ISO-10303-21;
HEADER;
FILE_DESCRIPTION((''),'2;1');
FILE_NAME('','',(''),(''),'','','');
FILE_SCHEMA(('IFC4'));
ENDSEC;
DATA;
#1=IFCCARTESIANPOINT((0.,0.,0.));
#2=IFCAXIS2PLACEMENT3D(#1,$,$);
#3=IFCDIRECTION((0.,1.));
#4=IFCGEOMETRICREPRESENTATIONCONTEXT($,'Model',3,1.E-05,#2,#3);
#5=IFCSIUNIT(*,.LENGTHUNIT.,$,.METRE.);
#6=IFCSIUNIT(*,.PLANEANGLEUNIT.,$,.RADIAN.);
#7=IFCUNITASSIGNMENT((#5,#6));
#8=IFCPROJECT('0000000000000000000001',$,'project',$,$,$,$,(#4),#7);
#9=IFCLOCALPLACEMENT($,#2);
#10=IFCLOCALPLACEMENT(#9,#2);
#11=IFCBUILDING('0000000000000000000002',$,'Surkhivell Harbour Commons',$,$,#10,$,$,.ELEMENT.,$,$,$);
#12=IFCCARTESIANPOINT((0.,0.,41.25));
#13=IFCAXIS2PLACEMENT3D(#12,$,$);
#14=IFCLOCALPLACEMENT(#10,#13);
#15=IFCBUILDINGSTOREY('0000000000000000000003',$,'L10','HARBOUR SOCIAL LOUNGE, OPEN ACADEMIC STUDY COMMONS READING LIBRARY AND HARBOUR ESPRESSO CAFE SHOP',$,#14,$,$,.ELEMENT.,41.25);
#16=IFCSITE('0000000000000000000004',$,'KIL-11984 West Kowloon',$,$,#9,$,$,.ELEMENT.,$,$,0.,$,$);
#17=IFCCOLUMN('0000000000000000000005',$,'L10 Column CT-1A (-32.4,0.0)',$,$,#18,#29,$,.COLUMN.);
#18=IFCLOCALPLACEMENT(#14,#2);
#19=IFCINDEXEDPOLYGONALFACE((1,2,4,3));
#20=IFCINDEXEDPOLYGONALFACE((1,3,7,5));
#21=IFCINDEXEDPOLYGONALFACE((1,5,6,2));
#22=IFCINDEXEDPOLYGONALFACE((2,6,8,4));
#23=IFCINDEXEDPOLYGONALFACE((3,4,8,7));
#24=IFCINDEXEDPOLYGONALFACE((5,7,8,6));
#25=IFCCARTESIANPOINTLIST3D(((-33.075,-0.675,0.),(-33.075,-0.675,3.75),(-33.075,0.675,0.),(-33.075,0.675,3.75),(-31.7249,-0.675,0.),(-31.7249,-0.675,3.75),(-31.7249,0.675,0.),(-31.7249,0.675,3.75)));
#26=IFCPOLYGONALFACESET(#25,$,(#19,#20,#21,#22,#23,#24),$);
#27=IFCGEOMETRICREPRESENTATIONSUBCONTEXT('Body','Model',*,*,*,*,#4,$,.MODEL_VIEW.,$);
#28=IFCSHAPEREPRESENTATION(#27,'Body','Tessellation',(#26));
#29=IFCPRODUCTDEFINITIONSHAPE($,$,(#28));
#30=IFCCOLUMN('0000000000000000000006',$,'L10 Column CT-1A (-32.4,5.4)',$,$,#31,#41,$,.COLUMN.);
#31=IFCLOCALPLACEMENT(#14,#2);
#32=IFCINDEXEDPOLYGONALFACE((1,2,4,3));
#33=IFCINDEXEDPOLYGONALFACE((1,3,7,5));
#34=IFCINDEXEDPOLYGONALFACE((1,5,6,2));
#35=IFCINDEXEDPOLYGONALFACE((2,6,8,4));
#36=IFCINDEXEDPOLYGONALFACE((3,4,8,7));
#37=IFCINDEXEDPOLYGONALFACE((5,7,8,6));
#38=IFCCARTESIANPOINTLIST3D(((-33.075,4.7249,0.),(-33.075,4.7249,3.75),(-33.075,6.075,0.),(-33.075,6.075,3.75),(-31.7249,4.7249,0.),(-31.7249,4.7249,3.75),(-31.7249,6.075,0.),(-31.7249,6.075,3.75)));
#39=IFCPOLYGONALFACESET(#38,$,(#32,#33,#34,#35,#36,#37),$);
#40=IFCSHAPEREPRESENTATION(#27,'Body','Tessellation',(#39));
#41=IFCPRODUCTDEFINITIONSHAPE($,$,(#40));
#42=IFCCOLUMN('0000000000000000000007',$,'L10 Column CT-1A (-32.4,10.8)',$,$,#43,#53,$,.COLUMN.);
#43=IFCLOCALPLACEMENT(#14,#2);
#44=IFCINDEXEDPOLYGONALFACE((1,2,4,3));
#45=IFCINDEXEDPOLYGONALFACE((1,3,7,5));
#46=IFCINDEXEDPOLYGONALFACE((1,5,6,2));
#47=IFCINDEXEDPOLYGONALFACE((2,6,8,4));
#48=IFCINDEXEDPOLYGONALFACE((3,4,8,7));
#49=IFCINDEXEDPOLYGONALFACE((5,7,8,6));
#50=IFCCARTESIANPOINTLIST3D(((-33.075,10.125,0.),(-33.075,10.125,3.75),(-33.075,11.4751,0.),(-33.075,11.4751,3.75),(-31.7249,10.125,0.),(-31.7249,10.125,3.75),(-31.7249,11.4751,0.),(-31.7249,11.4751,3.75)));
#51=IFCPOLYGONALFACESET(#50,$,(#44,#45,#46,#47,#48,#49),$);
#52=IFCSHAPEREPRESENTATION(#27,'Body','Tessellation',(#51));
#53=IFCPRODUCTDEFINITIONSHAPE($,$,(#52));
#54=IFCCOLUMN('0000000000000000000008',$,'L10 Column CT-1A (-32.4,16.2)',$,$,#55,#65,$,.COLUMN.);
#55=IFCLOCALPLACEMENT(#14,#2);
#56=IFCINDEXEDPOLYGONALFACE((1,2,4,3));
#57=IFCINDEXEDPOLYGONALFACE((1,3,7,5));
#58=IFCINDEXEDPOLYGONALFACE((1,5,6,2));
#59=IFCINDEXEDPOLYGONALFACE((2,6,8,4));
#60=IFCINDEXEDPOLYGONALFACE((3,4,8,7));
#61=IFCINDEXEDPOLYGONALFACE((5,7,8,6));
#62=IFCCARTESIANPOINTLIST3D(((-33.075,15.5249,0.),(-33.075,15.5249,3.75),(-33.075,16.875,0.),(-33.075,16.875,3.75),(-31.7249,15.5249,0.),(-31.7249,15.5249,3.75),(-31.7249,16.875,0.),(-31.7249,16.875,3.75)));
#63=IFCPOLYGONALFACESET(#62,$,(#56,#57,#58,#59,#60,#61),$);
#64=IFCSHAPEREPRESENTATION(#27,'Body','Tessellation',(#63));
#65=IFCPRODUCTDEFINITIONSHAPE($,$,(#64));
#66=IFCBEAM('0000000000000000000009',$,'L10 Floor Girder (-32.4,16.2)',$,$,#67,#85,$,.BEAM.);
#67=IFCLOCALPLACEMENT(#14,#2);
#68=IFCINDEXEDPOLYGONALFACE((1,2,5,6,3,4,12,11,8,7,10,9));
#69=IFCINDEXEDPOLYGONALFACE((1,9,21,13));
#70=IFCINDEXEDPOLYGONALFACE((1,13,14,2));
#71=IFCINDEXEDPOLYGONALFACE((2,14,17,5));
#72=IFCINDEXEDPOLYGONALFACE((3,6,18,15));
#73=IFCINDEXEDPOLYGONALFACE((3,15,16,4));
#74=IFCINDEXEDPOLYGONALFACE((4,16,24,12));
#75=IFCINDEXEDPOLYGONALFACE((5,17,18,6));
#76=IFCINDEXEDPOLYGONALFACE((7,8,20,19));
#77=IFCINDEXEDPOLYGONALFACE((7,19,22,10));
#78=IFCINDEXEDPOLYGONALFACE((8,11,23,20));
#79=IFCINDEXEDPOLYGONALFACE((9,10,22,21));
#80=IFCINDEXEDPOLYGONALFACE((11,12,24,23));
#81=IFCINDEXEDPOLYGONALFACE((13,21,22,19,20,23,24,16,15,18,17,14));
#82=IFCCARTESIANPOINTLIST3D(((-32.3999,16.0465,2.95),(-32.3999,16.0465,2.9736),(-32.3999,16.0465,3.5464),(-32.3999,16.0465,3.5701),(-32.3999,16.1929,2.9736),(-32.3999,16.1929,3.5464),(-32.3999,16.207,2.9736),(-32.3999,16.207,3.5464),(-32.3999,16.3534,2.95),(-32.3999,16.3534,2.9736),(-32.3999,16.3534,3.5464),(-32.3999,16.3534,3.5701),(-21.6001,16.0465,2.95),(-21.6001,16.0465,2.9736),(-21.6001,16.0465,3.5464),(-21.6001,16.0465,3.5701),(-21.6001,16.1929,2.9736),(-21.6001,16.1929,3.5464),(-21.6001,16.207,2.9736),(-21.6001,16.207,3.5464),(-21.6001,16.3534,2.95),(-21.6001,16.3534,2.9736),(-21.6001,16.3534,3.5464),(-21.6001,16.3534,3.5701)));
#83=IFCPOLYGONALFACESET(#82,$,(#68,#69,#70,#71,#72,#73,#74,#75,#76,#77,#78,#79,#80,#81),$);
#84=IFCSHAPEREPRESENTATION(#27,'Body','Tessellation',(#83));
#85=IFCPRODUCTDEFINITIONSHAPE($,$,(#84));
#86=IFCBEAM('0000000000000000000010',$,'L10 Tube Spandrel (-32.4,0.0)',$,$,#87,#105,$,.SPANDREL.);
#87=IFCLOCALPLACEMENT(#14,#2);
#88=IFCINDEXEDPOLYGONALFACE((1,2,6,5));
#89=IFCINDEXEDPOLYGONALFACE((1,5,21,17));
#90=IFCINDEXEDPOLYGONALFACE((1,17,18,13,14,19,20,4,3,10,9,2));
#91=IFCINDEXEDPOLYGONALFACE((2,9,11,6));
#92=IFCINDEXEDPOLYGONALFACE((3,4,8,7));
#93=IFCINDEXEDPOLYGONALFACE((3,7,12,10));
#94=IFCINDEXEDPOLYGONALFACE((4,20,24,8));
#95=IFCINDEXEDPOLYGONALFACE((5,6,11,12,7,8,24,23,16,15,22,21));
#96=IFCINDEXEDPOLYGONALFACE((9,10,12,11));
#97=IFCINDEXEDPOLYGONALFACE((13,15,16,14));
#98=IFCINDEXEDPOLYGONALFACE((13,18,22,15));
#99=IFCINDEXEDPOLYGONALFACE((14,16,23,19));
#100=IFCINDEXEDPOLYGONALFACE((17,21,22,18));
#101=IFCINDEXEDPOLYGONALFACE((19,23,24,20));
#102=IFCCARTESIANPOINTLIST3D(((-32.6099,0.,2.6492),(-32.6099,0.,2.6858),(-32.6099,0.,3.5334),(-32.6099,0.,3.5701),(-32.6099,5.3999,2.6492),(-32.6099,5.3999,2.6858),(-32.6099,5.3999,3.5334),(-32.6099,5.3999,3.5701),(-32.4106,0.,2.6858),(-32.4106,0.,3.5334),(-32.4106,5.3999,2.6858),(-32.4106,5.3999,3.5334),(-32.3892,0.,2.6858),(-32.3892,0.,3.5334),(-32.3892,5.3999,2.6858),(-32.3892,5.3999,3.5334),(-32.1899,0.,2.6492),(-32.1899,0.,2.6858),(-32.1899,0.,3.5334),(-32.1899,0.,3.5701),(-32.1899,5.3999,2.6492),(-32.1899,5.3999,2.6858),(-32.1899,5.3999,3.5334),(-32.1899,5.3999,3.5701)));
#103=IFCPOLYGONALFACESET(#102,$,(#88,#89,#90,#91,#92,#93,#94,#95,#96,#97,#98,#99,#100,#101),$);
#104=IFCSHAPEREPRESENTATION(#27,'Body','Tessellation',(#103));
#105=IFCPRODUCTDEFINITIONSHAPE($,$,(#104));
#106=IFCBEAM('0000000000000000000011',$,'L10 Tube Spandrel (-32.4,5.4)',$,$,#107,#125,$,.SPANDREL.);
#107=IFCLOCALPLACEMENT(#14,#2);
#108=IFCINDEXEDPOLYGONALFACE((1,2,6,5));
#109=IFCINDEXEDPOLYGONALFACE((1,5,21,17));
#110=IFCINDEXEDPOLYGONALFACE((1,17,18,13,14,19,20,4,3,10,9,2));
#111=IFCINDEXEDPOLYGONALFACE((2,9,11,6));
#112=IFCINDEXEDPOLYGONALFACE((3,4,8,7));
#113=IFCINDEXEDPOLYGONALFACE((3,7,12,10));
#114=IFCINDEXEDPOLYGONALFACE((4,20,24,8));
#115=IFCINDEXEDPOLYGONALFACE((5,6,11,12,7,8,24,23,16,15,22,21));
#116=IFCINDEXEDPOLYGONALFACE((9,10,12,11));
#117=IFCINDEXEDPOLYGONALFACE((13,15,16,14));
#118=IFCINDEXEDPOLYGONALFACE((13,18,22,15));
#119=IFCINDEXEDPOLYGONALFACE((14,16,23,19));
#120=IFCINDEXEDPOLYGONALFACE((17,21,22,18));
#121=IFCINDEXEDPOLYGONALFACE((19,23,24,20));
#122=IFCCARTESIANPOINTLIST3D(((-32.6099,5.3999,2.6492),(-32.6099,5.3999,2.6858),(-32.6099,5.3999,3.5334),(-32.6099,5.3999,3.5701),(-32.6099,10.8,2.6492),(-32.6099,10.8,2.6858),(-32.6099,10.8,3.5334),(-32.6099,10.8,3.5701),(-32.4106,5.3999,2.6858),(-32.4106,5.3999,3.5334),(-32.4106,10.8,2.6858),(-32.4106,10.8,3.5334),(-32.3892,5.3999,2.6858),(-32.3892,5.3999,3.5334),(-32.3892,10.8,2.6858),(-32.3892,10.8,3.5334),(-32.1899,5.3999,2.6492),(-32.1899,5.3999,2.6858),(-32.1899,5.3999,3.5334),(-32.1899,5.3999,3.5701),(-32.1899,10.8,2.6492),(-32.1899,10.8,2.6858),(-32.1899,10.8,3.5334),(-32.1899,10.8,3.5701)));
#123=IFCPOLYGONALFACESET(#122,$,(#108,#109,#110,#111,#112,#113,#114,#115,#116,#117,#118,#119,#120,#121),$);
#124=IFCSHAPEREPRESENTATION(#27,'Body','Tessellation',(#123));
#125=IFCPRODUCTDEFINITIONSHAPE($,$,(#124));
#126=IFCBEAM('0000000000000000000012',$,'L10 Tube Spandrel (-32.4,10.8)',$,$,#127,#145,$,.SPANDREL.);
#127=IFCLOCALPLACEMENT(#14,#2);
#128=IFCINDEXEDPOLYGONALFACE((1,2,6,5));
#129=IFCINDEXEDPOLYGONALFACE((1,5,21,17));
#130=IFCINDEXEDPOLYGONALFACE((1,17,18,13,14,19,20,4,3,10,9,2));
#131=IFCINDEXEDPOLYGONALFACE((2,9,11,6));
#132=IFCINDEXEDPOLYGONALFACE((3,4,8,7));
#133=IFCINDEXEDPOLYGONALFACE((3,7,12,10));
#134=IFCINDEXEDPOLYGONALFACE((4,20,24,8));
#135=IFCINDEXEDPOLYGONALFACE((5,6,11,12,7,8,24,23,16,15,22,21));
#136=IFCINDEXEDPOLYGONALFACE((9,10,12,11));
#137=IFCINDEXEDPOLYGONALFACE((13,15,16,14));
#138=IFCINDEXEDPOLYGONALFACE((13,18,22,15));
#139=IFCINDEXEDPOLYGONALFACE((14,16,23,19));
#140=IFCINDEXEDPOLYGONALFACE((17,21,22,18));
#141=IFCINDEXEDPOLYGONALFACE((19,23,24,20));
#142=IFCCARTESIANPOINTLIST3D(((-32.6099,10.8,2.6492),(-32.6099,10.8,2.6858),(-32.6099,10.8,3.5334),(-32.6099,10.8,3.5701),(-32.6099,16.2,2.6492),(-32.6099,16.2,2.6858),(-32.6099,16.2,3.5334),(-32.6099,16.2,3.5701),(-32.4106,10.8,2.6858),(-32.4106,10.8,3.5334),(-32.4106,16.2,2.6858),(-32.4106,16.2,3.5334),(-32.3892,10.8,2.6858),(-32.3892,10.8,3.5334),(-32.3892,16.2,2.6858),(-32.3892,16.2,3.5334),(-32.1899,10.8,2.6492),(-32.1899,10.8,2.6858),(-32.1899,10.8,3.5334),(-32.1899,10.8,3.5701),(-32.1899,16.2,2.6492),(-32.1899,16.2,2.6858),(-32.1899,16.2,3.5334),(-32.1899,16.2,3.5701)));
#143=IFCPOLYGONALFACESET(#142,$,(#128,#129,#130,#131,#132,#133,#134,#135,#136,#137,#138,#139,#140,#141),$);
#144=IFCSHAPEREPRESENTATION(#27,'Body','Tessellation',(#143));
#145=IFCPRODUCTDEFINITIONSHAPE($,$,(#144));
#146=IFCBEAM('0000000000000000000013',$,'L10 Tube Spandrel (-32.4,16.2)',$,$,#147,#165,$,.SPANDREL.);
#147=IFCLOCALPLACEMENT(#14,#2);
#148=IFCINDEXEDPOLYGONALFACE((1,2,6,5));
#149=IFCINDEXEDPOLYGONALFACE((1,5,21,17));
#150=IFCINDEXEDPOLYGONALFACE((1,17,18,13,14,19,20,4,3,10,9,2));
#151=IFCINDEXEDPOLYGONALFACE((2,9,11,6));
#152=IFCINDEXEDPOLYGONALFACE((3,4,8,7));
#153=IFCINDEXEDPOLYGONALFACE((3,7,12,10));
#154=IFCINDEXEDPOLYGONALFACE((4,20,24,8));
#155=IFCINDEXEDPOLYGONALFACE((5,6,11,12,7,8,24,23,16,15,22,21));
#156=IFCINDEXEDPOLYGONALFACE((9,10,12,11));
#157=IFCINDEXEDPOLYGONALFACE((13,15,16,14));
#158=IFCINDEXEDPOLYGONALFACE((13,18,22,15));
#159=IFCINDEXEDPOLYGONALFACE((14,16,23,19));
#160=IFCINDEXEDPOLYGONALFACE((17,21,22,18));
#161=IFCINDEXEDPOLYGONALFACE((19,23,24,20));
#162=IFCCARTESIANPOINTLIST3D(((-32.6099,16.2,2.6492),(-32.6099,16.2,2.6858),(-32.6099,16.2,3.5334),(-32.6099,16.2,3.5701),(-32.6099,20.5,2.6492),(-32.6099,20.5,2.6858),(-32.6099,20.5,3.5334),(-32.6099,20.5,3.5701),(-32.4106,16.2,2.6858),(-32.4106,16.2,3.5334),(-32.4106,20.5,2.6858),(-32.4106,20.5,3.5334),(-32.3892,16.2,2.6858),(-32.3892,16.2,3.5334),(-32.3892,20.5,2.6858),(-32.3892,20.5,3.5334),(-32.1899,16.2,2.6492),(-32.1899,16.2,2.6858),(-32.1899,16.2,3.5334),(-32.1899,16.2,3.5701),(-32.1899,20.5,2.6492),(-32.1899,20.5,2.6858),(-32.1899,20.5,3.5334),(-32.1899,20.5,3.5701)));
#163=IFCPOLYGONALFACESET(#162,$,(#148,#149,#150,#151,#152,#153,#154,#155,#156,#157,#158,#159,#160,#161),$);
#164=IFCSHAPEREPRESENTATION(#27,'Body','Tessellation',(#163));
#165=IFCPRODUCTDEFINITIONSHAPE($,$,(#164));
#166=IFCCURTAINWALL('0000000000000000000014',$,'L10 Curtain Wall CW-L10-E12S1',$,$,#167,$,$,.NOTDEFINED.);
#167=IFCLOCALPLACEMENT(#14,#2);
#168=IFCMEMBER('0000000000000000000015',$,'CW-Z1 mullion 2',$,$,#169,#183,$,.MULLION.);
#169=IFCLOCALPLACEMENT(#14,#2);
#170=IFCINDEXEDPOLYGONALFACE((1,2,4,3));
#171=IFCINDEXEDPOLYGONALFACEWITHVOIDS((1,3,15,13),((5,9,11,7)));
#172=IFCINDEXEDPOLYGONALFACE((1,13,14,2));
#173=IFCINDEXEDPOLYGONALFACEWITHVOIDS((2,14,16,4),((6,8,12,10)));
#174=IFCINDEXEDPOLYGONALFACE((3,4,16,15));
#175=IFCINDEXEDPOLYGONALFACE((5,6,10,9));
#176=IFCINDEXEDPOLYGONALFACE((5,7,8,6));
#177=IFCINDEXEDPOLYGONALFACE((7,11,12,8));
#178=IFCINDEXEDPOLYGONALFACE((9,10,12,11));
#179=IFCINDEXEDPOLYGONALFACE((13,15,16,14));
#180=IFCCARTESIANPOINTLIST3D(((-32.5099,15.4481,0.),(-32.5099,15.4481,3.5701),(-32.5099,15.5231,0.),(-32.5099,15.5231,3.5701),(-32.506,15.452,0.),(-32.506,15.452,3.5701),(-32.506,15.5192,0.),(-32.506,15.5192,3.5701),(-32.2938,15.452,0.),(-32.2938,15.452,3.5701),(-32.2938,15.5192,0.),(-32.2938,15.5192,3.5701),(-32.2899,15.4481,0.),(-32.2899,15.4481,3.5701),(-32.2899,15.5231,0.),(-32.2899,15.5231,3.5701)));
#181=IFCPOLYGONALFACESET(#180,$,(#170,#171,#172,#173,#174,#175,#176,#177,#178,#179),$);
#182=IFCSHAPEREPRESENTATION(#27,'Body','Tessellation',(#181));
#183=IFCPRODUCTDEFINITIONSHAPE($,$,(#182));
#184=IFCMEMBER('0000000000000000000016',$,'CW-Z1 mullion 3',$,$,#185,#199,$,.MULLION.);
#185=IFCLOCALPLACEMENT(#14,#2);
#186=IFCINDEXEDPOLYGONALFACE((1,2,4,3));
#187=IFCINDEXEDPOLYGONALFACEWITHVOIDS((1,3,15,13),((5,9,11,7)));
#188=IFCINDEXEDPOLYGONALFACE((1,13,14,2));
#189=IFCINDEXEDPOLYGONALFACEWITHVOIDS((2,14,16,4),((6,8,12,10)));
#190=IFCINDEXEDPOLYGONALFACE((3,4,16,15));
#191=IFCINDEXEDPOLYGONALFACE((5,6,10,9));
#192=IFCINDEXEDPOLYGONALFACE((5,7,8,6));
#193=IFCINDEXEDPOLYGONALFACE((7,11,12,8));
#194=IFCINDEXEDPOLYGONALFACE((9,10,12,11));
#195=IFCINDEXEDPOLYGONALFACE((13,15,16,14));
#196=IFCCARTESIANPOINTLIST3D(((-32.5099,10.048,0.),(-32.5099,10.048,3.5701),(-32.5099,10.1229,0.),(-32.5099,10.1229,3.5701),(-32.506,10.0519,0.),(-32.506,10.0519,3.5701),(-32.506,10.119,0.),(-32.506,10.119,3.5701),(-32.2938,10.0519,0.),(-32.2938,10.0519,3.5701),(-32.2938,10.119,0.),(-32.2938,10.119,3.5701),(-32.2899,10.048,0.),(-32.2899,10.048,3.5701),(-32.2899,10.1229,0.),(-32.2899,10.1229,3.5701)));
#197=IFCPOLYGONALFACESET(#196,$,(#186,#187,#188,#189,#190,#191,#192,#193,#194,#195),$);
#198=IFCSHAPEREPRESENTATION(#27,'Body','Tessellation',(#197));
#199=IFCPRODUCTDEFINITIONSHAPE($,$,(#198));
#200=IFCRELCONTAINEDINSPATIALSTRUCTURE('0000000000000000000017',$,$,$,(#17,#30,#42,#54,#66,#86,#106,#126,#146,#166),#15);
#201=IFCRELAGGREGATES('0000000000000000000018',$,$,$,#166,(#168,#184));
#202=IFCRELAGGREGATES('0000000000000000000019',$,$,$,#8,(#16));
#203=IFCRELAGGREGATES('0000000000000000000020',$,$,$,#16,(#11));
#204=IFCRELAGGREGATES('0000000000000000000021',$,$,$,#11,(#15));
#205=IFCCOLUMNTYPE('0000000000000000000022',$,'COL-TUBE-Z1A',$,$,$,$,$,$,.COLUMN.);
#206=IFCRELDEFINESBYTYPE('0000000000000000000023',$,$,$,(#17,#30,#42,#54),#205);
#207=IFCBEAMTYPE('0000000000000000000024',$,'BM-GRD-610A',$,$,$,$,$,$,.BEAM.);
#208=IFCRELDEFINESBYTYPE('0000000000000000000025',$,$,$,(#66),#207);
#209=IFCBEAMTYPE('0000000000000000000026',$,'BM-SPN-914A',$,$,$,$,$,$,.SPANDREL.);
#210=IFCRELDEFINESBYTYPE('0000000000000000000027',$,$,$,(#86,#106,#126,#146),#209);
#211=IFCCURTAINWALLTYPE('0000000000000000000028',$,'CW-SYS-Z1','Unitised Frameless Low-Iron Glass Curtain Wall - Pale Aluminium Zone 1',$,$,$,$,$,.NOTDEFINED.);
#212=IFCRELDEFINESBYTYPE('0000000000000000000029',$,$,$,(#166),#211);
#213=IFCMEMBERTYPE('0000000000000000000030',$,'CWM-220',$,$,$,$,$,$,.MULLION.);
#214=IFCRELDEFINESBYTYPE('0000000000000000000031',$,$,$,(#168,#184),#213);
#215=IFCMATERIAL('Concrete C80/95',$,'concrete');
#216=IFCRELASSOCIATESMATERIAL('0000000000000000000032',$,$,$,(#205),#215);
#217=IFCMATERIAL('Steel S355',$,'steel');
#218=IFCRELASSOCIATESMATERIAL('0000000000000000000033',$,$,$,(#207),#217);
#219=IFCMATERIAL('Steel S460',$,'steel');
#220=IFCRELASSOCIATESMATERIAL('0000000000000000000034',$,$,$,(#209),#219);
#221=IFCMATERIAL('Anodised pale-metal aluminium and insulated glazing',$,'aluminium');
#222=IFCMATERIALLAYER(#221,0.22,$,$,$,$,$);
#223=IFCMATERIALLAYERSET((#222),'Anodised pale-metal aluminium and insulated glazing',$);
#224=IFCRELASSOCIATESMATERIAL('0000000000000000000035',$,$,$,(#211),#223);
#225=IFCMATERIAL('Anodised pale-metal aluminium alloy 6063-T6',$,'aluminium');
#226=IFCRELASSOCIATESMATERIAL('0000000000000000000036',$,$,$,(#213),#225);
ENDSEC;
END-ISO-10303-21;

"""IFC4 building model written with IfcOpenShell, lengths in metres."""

from ifc_helpers import new_model, si_unit, direction, frame, origin, origin_2d, place, context, subcontext, project, spatial, rectangle, hollow_rectangle, i_section, extrude, material, layer, layer_set, material_profile, profile_set, type_object, element, aggregate, save


model = new_model("IFC4")

# Units and contexts
model_context = context("Model", 3, precision=1e-05, world=origin(), true_north=direction((0.0, 1.0)))
body_context = subcontext(model_context, "Body", "Model", "MODEL_VIEW")
ifc_project = project(units=[si_unit("LENGTHUNIT", "METRE"), si_unit("PLANEANGLEUNIT", "RADIAN")], contexts=[model_context])

# Site, building, storey
site_placement = place(None, origin())
site = spatial("IfcSite", under=ifc_project, at=site_placement, Name="KIL-11984 West Kowloon", CompositionType="ELEMENT", RefElevation=0.0)
building_placement = place(site_placement, origin())
building = spatial("IfcBuilding", under=site, at=building_placement, Name="Surkhivell Harbour Commons", CompositionType="ELEMENT")
storey_placement = place(building_placement, frame((0.0, 0.0, 41.25)))
storey = spatial("IfcBuildingStorey", under=building, at=storey_placement, Name="L10", Description="HARBOUR SOCIAL LOUNGE, OPEN ACADEMIC STUDY COMMONS READING LIBRARY AND HARBOUR ESPRESSO CAFE SHOP", CompositionType="ELEMENT", Elevation=41.25)

# Columns
ifc_material_1 = material(Name="Concrete C80/95", Category="concrete")
ifc_material_profile_1 = material_profile(ifc_material_1, rectangle(XDim=1.3501, YDim=1.3501, at=origin_2d()), Name="RC-COL-1350x1350")
ifc_profile_set_1 = profile_set([ifc_material_profile_1], Name="Concrete C80/95")
column_type = type_object("IfcColumnType", Name="COL-TUBE-Z1A", PredefinedType="COLUMN", material=ifc_profile_set_1)
for number, where, z_axis, x_axis, name in (
    (1, (-32.3999, 0.0, 0.0), (0.0, 0.0, 1.0), (1.0, 0.0, 0.0), "L10 Column CT-1A (-32.4,0.0)"),
    (2, (-32.3999, 5.3999, 0.0), (0.0, 0.0, 1.0), (1.0, 0.0, 0.0), "L10 Column CT-1A (-32.4,5.4)"),
    (3, (-32.3999, 10.8, 0.0), (0.0, 0.0, 1.0), (1.0, 0.0, 0.0), "L10 Column CT-1A (-32.4,10.8)"),
    (4, (-32.3999, 16.2, 0.0), (0.0, 0.0, 1.0), (1.0, 0.0, 0.0), "L10 Column CT-1A (-32.4,16.2)"),
):
    element("IfcColumn", number, at=place(storey_placement, frame(where, z_axis=z_axis, x_axis=x_axis)), inside=storey, type_object=column_type, Name=name, PredefinedType="COLUMN", context=body_context, shape_type="SweptSolid", body=[
        extrude(rectangle(XDim=1.3501, YDim=1.3501, at=origin_2d()), origin(), (0.0, 0.0, 1.0), 3.75),
    ])

# Beams
ifc_material_2 = material(Name="Steel S355", Category="steel")
ifc_material_profile_2 = material_profile(ifc_material_2, i_section(OverallWidth=0.3069, OverallDepth=0.6201, WebThickness=0.0142, FlangeThickness=0.0237, at=origin_2d()), Name="UB610x305x179")
ifc_profile_set_2 = profile_set([ifc_material_profile_2], Name="Steel S355")
beam_type_1 = type_object("IfcBeamType", Name="BM-GRD-610A", PredefinedType="BEAM", material=ifc_profile_set_2)
beam_1_placement = place(storey_placement, frame((-32.3999, 16.2, 3.26), z_axis=(1.0, 0.0, 0.0), x_axis=(0.0, 1.0, 0.0)))
element("IfcBeam", 5, at=beam_1_placement, inside=storey, type_object=beam_type_1, Name="L10 Floor Girder (-32.4,16.2)", PredefinedType="BEAM", context=body_context, shape_type="SweptSolid", body=[
    extrude(i_section(OverallWidth=0.3069, OverallDepth=0.6201, WebThickness=0.0142, FlangeThickness=0.0237, at=origin_2d()), origin(), (0.0, 0.0, 1.0), 10.7998),
])
ifc_material_3 = material(Name="Steel S460", Category="steel")
ifc_material_profile_3 = material_profile(ifc_material_3, i_section(OverallWidth=0.4199, OverallDepth=0.9209, WebThickness=0.0215, FlangeThickness=0.0366, at=origin_2d()), Name="UB914x419x388")
ifc_profile_set_3 = profile_set([ifc_material_profile_3], Name="Steel S460")
beam_type_2 = type_object("IfcBeamType", Name="BM-SPN-914A", PredefinedType="SPANDREL", material=ifc_profile_set_3)
beam_2_placement = place(storey_placement, frame((-32.3999, 0.0, 3.1096), z_axis=(0.0, 1.0, 0.0), x_axis=(-1.0, 0.0, 0.0)))
element("IfcBeam", 6, at=beam_2_placement, inside=storey, type_object=beam_type_2, Name="L10 Tube Spandrel (-32.4,0.0)", PredefinedType="SPANDREL", context=body_context, shape_type="SweptSolid", body=[
    extrude(i_section(OverallWidth=0.4199, OverallDepth=0.9209, WebThickness=0.0215, FlangeThickness=0.0366, at=origin_2d()), origin(), (0.0, 0.0, 1.0), 5.3999),
])
beam_3_placement = place(storey_placement, frame((-32.3999, 5.3999, 3.1096), z_axis=(0.0, 1.0, 0.0), x_axis=(-1.0, 0.0, 0.0)))
element("IfcBeam", 7, at=beam_3_placement, inside=storey, type_object=beam_type_2, Name="L10 Tube Spandrel (-32.4,5.4)", PredefinedType="SPANDREL", context=body_context, shape_type="SweptSolid", body=[
    extrude(i_section(OverallWidth=0.4199, OverallDepth=0.9209, WebThickness=0.0215, FlangeThickness=0.0366, at=origin_2d()), origin(), (0.0, 0.0, 1.0), 5.4001),
])
beam_4_placement = place(storey_placement, frame((-32.3999, 10.8, 3.1096), z_axis=(0.0, 1.0, 0.0), x_axis=(-1.0, 0.0, 0.0)))
element("IfcBeam", 8, at=beam_4_placement, inside=storey, type_object=beam_type_2, Name="L10 Tube Spandrel (-32.4,10.8)", PredefinedType="SPANDREL", context=body_context, shape_type="SweptSolid", body=[
    extrude(i_section(OverallWidth=0.4199, OverallDepth=0.9209, WebThickness=0.0215, FlangeThickness=0.0366, at=origin_2d()), origin(), (0.0, 0.0, 1.0), 5.3999),
])
beam_5_placement = place(storey_placement, frame((-32.3999, 16.2, 3.1096), z_axis=(0.0, 1.0, 0.0), x_axis=(-1.0, 0.0, 0.0)))
element("IfcBeam", 9, at=beam_5_placement, inside=storey, type_object=beam_type_2, Name="L10 Tube Spandrel (-32.4,16.2)", PredefinedType="SPANDREL", context=body_context, shape_type="SweptSolid", body=[
    extrude(i_section(OverallWidth=0.4199, OverallDepth=0.9209, WebThickness=0.0215, FlangeThickness=0.0366, at=origin_2d()), origin(), (0.0, 0.0, 1.0), 4.3),
])

# Curtain wall, members
ifc_material_4 = material(Name="Anodised pale-metal aluminium and insulated glazing", Category="aluminium")
ifc_layer_1 = layer(ifc_material_4, 0.22)
ifc_layer_set_1 = layer_set([ifc_layer_1], Name="Anodised pale-metal aluminium and insulated glazing")
curtain_wall_type = type_object("IfcCurtainWallType", Name="CW-SYS-Z1", Description="Unitised Frameless Low-Iron Glass Curtain Wall - Pale Aluminium Zone 1", PredefinedType="NOTDEFINED", material=ifc_layer_set_1)
curtain_wall_placement = place(storey_placement, origin())
curtain_wall = element("IfcCurtainWall", 10, at=curtain_wall_placement, inside=storey, type_object=curtain_wall_type, Name="L10 Curtain Wall CW-L10-E12S1", PredefinedType="NOTDEFINED")
ifc_material_5 = material(Name="Anodised pale-metal aluminium alloy 6063-T6", Category="aluminium")
ifc_material_profile_4 = material_profile(ifc_material_5, hollow_rectangle(XDim=0.075, YDim=0.22, WallThickness=0.0039, at=origin_2d()), Name="ALU-MULL-75x220")
ifc_profile_set_4 = profile_set([ifc_material_profile_4], Name="Anodised pale-metal aluminium alloy 6063-T6")
member_type_1 = type_object("IfcMemberType", Name="CWM-220", PredefinedType="MULLION", material=ifc_profile_set_4)
member_1_placement = place(storey_placement, frame((-32.3999, 15.4856, 0.0), z_axis=(0.0, 0.0, 1.0), x_axis=(0.0, -1.0, 0.0)))
member_1 = element("IfcMember", 11, at=member_1_placement, type_object=member_type_1, Name="CW-Z1 mullion 2", PredefinedType="MULLION", context=body_context, shape_type="SweptSolid", body=[
    extrude(hollow_rectangle(XDim=0.075, YDim=0.22, WallThickness=0.0039, at=origin_2d()), origin(), (0.0, 0.0, 1.0), 3.5701),
])
member_2_placement = place(storey_placement, frame((-32.3999, 10.0854, 0.0), z_axis=(0.0, 0.0, 1.0), x_axis=(0.0, -1.0, 0.0)))
member_2 = element("IfcMember", 12, at=member_2_placement, type_object=member_type_1, Name="CW-Z1 mullion 3", PredefinedType="MULLION", context=body_context, shape_type="SweptSolid", body=[
    extrude(hollow_rectangle(XDim=0.075, YDim=0.22, WallThickness=0.0039, at=origin_2d()), origin(), (0.0, 0.0, 1.0), 3.5701),
])
aggregate(curtain_wall, [member_1, member_2])

save(model, "model.ifc")
